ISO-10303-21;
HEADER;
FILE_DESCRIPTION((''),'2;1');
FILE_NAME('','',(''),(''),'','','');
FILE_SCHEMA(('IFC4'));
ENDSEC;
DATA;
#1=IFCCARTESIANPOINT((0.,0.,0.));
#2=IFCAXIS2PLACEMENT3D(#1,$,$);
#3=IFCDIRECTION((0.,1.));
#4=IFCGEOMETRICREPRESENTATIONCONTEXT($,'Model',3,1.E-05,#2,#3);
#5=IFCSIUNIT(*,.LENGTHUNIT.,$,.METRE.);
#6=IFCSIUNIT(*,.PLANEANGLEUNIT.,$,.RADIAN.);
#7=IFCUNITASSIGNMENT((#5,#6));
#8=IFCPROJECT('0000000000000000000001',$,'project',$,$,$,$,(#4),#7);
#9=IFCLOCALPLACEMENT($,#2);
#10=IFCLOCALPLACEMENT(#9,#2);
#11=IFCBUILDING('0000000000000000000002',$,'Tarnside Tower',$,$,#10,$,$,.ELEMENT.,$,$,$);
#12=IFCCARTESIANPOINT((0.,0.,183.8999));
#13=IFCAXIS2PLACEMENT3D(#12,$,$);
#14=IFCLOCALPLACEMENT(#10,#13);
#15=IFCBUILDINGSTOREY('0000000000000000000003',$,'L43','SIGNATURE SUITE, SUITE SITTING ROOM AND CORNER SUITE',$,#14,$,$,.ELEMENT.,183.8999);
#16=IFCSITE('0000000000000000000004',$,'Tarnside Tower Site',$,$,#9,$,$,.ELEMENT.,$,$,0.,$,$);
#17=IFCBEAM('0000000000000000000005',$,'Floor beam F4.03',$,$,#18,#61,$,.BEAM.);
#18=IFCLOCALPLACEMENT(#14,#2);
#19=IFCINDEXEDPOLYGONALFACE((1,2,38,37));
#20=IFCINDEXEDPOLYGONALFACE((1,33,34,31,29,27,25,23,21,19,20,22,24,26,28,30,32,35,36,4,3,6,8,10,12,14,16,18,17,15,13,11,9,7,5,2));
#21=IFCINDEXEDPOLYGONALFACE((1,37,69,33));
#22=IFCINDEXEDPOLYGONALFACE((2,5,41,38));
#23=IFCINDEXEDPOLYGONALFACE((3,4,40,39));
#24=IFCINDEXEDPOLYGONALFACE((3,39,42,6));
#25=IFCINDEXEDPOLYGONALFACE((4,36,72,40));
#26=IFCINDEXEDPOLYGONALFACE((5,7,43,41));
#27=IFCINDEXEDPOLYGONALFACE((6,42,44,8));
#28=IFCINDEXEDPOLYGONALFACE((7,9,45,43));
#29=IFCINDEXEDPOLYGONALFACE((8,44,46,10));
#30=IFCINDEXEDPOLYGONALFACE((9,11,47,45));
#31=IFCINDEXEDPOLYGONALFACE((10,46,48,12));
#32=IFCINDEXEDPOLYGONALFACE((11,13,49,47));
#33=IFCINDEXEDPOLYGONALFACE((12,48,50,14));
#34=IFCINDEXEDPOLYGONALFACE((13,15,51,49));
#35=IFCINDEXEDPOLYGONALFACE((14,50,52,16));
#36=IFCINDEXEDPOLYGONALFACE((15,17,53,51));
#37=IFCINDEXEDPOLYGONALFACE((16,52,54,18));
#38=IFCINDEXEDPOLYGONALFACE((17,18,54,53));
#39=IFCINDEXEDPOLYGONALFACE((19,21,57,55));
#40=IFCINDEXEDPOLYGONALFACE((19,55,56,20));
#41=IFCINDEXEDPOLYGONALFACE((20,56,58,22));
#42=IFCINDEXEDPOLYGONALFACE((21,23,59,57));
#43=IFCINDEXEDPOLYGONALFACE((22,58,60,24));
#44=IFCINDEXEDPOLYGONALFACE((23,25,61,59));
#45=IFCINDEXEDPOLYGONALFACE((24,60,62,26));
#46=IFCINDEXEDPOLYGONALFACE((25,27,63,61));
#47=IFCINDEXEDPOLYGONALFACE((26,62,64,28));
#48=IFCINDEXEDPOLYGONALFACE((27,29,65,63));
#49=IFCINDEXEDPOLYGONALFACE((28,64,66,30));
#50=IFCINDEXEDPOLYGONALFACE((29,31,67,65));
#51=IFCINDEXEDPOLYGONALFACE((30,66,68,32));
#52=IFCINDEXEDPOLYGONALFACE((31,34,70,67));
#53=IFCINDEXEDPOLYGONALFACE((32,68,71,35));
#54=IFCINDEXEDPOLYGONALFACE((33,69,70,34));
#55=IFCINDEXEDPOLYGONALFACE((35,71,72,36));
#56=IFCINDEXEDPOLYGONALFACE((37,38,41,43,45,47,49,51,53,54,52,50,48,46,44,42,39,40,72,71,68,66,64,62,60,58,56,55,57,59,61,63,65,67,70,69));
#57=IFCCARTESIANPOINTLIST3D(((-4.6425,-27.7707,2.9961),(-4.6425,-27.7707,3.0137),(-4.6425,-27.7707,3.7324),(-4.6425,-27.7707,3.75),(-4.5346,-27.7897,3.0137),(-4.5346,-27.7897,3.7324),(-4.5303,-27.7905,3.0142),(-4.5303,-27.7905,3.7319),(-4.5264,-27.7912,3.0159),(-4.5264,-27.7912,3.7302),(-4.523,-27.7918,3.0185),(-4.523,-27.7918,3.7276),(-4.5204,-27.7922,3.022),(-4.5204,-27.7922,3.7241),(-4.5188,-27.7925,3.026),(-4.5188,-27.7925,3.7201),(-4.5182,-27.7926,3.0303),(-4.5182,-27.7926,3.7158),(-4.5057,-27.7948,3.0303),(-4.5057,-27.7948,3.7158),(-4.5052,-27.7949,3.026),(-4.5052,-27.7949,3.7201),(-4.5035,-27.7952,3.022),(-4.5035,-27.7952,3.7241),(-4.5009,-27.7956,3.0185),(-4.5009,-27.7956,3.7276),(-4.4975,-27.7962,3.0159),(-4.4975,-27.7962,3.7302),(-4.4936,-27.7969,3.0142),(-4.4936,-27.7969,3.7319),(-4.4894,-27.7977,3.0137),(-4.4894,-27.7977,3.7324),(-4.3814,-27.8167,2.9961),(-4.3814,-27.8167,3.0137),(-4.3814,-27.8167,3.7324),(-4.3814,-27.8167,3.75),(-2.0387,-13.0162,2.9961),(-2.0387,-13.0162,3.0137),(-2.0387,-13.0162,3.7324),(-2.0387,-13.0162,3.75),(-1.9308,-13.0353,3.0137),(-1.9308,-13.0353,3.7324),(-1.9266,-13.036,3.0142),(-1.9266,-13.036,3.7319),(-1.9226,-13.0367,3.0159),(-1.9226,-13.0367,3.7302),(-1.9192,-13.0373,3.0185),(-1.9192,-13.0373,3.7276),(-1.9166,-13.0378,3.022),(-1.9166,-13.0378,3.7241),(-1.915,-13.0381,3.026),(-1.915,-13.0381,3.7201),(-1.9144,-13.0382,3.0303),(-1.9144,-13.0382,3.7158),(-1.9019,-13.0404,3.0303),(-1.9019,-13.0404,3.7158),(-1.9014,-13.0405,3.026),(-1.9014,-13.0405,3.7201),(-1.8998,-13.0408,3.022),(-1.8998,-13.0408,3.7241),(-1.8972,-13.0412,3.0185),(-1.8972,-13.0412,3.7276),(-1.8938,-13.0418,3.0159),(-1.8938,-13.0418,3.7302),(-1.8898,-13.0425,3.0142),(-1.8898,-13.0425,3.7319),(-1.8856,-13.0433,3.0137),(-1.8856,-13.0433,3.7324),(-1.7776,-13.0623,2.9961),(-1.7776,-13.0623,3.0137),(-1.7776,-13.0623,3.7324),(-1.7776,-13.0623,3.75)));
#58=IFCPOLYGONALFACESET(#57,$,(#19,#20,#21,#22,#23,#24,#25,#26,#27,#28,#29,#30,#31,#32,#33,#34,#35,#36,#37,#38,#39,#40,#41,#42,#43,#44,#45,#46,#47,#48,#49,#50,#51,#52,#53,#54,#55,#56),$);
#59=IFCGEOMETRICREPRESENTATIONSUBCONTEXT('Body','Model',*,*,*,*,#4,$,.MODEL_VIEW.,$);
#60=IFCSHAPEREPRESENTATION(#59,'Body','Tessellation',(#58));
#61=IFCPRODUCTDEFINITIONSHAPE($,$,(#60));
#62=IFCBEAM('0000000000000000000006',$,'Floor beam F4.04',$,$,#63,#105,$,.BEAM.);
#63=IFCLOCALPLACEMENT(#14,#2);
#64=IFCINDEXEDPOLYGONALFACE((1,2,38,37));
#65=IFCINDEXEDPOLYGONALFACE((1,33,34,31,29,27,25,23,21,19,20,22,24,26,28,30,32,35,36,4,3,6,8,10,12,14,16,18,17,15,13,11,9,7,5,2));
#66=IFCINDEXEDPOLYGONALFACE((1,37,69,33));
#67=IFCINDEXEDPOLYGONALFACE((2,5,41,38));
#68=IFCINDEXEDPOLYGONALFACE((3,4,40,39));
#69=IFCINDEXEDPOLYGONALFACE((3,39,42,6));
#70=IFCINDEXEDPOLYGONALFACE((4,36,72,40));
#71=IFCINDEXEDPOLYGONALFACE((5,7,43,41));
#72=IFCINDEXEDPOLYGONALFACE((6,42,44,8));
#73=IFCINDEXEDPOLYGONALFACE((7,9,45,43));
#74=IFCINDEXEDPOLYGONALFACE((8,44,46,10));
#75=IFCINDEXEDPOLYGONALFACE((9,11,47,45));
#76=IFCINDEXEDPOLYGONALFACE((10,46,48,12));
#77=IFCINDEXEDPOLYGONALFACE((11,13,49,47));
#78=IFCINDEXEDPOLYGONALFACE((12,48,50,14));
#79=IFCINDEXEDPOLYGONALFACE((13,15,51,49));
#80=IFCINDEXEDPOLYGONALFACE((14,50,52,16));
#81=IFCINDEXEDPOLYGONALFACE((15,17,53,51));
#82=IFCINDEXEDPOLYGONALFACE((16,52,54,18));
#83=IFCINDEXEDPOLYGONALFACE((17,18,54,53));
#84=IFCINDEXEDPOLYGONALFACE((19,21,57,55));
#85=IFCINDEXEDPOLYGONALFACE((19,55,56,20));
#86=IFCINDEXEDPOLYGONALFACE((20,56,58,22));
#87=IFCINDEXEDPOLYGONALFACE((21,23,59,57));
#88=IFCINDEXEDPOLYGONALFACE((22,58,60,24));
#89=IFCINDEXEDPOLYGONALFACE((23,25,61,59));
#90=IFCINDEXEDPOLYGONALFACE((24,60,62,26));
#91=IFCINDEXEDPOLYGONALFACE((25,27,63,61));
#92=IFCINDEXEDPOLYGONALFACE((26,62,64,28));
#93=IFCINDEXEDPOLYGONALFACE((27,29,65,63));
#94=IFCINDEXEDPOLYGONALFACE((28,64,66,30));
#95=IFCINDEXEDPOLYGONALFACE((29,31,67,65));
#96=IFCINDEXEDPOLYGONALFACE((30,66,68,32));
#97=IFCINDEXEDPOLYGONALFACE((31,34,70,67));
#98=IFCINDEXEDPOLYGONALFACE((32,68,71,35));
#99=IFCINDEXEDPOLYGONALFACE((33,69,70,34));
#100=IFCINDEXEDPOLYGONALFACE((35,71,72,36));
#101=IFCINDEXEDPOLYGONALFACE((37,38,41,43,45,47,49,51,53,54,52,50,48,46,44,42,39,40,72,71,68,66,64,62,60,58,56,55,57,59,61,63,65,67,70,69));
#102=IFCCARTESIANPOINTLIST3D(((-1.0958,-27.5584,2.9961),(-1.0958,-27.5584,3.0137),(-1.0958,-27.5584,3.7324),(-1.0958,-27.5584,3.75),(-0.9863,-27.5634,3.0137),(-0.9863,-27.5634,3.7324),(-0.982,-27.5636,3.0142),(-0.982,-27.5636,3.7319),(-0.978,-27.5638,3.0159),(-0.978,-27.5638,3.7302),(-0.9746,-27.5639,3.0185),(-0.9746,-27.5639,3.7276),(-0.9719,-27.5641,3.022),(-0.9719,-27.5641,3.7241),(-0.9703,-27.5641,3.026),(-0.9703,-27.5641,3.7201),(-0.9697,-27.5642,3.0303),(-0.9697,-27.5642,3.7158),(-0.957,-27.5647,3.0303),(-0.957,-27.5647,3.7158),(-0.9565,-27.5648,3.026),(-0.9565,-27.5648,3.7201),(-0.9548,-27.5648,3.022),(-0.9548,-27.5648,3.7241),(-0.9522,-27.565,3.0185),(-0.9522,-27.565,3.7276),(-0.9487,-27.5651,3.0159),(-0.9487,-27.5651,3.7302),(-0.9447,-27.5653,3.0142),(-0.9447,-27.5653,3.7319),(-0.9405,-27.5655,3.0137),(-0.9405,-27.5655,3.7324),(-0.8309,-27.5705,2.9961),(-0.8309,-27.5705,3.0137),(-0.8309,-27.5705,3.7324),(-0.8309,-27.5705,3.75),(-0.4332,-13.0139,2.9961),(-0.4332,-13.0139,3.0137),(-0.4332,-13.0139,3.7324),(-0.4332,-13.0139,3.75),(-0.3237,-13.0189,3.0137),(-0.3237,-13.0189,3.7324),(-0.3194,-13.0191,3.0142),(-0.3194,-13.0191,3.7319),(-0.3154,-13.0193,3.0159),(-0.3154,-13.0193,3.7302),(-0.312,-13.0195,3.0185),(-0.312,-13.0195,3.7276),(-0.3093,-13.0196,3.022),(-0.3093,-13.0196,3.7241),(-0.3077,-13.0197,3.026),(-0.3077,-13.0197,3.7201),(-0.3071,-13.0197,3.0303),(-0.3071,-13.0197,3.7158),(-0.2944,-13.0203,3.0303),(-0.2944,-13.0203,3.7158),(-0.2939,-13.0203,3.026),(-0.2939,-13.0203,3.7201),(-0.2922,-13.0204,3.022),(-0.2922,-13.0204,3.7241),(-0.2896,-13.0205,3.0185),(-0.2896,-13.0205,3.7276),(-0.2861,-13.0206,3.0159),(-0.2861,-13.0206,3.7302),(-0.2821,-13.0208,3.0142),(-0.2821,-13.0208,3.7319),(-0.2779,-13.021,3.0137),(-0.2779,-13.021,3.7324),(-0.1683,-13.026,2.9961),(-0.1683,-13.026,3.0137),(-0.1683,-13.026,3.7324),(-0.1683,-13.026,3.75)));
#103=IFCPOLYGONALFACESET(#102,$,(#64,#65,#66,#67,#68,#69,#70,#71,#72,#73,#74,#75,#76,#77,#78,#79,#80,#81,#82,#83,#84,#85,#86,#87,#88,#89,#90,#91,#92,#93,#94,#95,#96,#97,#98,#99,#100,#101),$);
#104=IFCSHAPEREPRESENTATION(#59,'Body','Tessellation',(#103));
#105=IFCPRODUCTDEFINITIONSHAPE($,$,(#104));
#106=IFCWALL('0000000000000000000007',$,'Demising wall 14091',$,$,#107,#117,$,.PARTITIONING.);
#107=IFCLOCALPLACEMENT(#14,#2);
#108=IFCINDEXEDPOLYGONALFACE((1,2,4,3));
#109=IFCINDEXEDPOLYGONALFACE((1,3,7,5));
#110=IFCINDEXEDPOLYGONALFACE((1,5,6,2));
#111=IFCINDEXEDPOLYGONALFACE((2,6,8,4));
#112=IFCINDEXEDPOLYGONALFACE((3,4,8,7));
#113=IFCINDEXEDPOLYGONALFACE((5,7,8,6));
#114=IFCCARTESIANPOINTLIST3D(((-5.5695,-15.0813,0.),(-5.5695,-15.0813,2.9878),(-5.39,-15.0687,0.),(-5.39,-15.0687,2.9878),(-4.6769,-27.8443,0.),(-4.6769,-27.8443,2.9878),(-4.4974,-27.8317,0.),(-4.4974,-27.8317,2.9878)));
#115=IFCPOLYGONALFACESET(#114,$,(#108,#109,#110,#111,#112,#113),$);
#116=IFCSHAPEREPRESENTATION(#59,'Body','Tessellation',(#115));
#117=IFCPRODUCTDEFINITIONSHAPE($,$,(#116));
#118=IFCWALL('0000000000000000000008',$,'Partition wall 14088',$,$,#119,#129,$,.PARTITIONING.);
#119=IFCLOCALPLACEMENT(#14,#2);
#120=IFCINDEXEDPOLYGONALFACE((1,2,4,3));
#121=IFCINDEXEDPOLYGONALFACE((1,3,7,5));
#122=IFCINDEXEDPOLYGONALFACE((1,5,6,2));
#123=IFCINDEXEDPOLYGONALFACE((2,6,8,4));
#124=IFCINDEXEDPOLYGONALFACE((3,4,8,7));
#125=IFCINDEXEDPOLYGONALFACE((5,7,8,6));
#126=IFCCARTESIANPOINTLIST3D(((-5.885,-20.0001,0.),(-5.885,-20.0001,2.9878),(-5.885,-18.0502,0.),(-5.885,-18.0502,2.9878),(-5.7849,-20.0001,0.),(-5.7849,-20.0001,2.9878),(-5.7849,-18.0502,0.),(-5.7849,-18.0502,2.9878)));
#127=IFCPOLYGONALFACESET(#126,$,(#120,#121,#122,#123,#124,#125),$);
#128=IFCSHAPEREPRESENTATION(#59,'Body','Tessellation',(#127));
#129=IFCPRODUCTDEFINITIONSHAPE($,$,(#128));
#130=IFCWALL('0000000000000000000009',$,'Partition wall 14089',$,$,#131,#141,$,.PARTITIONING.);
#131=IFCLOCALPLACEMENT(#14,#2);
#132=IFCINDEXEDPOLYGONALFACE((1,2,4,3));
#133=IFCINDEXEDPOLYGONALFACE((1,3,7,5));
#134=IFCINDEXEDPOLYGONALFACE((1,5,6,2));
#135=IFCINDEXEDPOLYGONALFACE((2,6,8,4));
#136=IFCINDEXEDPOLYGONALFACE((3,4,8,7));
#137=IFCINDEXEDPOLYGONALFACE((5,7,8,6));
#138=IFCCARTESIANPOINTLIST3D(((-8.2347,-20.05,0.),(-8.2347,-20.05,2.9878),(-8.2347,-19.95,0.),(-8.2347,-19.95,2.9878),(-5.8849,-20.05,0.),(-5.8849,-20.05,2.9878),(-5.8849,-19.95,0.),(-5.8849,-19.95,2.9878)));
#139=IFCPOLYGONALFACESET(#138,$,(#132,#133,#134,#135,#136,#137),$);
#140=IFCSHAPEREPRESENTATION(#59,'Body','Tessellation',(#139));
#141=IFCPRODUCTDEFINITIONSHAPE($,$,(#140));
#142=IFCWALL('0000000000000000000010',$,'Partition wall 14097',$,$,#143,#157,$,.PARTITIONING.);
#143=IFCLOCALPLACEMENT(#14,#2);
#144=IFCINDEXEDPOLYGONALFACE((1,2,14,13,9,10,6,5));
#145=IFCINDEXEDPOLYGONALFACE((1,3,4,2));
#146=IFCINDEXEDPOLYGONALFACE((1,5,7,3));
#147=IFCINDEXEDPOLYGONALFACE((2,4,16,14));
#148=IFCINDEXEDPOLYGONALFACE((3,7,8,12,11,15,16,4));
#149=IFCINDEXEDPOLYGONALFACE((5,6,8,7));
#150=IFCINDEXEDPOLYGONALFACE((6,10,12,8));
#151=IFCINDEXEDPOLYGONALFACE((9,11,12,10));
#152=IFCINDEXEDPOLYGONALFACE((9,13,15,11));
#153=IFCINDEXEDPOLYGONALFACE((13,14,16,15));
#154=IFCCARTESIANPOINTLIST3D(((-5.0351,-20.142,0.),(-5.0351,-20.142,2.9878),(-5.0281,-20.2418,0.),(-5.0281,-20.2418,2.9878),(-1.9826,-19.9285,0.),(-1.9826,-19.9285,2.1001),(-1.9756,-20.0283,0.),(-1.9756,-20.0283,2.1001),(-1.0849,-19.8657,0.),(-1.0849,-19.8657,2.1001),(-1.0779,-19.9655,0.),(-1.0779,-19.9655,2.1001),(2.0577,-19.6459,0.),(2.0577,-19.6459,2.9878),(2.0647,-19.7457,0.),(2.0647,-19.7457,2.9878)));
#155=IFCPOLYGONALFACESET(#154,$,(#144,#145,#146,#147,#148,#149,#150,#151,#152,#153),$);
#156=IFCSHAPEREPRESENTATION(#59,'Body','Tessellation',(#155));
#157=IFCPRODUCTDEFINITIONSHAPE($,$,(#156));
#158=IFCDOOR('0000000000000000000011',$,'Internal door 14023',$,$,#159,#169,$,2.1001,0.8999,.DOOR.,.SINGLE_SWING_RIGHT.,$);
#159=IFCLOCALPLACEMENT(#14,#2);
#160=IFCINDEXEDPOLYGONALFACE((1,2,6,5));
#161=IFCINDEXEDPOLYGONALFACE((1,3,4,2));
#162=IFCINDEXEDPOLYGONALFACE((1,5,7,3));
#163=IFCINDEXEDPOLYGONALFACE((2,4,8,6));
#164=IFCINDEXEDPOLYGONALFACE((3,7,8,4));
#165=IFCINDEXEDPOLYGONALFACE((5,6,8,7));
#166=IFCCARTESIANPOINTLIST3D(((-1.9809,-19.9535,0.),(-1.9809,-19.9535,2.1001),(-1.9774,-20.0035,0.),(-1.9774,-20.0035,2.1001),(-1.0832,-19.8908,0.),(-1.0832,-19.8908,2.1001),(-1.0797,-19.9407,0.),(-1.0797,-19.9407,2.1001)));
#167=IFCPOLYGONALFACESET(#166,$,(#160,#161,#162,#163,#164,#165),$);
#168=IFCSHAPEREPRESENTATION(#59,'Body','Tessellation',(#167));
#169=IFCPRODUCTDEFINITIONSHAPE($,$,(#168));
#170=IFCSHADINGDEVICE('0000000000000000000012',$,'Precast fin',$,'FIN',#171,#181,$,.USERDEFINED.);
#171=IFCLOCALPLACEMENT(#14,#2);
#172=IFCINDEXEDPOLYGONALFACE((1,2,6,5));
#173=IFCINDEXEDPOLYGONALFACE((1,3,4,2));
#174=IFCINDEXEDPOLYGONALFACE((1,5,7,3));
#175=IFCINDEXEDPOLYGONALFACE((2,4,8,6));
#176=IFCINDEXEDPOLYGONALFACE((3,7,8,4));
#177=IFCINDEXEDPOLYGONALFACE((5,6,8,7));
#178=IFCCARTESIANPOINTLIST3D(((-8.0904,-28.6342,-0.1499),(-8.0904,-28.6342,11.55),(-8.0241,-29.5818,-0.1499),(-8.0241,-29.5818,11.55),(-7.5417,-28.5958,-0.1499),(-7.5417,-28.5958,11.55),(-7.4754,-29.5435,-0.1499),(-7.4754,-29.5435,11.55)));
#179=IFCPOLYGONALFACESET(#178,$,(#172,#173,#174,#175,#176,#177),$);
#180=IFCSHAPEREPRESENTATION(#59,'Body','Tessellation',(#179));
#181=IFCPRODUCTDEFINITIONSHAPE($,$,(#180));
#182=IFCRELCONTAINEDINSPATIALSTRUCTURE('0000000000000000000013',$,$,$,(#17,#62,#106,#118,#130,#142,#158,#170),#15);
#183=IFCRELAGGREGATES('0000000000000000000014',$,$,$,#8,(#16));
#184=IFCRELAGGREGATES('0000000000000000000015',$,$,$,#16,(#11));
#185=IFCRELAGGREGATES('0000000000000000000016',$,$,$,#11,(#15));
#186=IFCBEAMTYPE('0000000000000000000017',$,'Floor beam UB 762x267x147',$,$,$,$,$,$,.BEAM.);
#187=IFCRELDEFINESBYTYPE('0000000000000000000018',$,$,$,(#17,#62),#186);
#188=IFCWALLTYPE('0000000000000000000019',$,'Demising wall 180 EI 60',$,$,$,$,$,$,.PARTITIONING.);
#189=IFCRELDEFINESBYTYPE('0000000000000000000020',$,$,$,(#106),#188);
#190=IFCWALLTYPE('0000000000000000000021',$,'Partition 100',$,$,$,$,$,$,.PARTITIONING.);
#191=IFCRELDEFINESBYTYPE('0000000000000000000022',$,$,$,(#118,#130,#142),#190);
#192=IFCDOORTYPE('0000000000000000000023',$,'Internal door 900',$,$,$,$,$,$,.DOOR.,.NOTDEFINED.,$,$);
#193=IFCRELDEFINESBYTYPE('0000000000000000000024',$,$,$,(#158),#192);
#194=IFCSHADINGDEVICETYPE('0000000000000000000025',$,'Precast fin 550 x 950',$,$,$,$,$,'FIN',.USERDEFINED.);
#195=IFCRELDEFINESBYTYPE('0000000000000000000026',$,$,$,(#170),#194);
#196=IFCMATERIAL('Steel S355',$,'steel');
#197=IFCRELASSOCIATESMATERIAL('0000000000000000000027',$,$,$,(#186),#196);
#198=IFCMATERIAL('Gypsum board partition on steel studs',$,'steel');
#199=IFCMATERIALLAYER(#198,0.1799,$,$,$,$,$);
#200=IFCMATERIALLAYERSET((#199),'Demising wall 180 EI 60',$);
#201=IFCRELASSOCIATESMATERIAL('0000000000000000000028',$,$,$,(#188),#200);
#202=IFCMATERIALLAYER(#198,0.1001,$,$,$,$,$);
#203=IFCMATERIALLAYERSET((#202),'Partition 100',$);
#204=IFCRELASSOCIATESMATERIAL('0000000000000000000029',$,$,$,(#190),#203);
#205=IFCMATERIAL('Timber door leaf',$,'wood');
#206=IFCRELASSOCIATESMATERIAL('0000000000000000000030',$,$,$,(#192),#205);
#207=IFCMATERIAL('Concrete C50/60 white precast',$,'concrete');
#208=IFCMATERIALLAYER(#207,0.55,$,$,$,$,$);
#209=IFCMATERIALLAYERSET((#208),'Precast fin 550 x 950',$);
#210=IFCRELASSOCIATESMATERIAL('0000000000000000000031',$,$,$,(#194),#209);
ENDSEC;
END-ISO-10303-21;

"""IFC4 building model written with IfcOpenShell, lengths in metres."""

from ifc_helpers import new_model, si_unit, direction, frame, frame_2d, origin, origin_2d, place, context, subcontext, project, spatial, polyline, rectangle, i_section, outline, extrude, material, layer, layer_set, material_profile, profile_set, type_object, element, fill, save


model = new_model("IFC4")

# Units and contexts
model_context = context("Model", 3, precision=1e-05, world=origin(), true_north=direction((0.0, 1.0)))
body_context = subcontext(model_context, "Body", "Model", "MODEL_VIEW")
ifc_project = project(units=[si_unit("LENGTHUNIT", "METRE"), si_unit("PLANEANGLEUNIT", "RADIAN")], contexts=[model_context])

# Site, building, storey
site_placement = place(None, origin())
site = spatial("IfcSite", under=ifc_project, at=site_placement, Name="Tarnside Tower Site", CompositionType="ELEMENT", RefElevation=0.0)
building_placement = place(site_placement, origin())
building = spatial("IfcBuilding", under=site, at=building_placement, Name="Tarnside Tower", CompositionType="ELEMENT")
storey_placement = place(building_placement, frame((0.0, 0.0, 183.8999)))
storey = spatial("IfcBuildingStorey", under=building, at=storey_placement, Name="L43", Description="SIGNATURE SUITE, SUITE SITTING ROOM AND CORNER SUITE", CompositionType="ELEMENT", Elevation=183.8999)

# Beams
ifc_material_1 = material(Name="Steel S355", Category="steel")
ifc_material_profile = material_profile(ifc_material_1, i_section(OverallWidth=0.2651, OverallDepth=0.7539, WebThickness=0.0127, FlangeThickness=0.0176, FilletRadius=0.0166, at=origin_2d()), Name="UB 762x267x147")
ifc_profile_set = profile_set([ifc_material_profile], Name="Steel S355")
beam_type = type_object("IfcBeamType", Name="Floor beam UB 762x267x147", PredefinedType="BEAM", material=ifc_profile_set)
beam_1_placement = place(storey_placement, frame((-4.512, -27.7937, 3.373), z_axis=(0.173788, 0.984783, 0.0), x_axis=(-0.984783, 0.173788, 0.0)))
element("IfcBeam", 1, at=beam_1_placement, inside=storey, type_object=beam_type, Name="Floor beam F4.03", PredefinedType="BEAM", context=body_context, shape_type="SweptSolid", body=[
    extrude(i_section(OverallWidth=0.2651, OverallDepth=0.7539, WebThickness=0.0127, FlangeThickness=0.0176, FilletRadius=0.0166, at=origin_2d()), origin(), (0.0, 0.0, 1.0), 14.9824),
])
beam_2_placement = place(storey_placement, frame((-0.9634, -27.5645, 3.373), z_axis=(0.04551, 0.998964, 0.0), x_axis=(-0.998964, 0.04551, 0.0)))
element("IfcBeam", 2, at=beam_2_placement, inside=storey, type_object=beam_type, Name="Floor beam F4.04", PredefinedType="BEAM", context=body_context, shape_type="SweptSolid", body=[
    extrude(i_section(OverallWidth=0.2651, OverallDepth=0.7539, WebThickness=0.0127, FlangeThickness=0.0176, FilletRadius=0.0166, at=origin_2d()), origin(), (0.0, 0.0, 1.0), 14.5596),
])

# Walls
ifc_material_2 = material(Name="Gypsum board partition on steel studs", Category="steel")
ifc_layer_1 = layer(ifc_material_2, 0.1799)
ifc_layer_set_1 = layer_set([ifc_layer_1], Name="Demising wall 180 EI 60")
wall_type_1 = type_object("IfcWallType", Name="Demising wall 180 EI 60", PredefinedType="PARTITIONING", material=ifc_layer_set_1)
wall_1_placement = place(storey_placement, frame((-4.5872, -27.8379, 0.0), z_axis=(0.0, 0.0, 1.0), x_axis=(-0.069765, 0.997563, 0.0)))
element("IfcWall", 3, at=wall_1_placement, inside=storey, type_object=wall_type_1, Name="Demising wall 14091", PredefinedType="PARTITIONING", context=body_context, shape_type="SweptSolid", body=[
    extrude(rectangle(XDim=12.7942, YDim=0.1799, at=frame_2d((6.397, 0.0))), origin(), (0.0, 0.0, 1.0), 2.9878),
])
ifc_layer_2 = layer(ifc_material_2, 0.1001)
ifc_layer_set_2 = layer_set([ifc_layer_2], Name="Partition 100")
wall_type_2 = type_object("IfcWallType", Name="Partition 100", PredefinedType="PARTITIONING", material=ifc_layer_set_2)
wall_2_placement = place(storey_placement, frame((-5.835, -18.05, 0.0), z_axis=(0.0, 0.0, 1.0), x_axis=(0.0, -1.0, 0.0)))
element("IfcWall", 4, at=wall_2_placement, inside=storey, type_object=wall_type_2, Name="Partition wall 14088", PredefinedType="PARTITIONING", context=body_context, shape_type="SweptSolid", body=[
    extrude(rectangle(XDim=1.95, YDim=0.1001, at=frame_2d((0.9751, 0.0))), origin(), (0.0, 0.0, 1.0), 2.9878),
])
wall_3_placement = place(storey_placement, frame((-5.885, -20.0, 0.0), z_axis=(0.0, 0.0, 1.0), x_axis=(-1.0, 0.0, 0.0)))
element("IfcWall", 5, at=wall_3_placement, inside=storey, type_object=wall_type_2, Name="Partition wall 14089", PredefinedType="PARTITIONING", context=body_context, shape_type="SweptSolid", body=[
    extrude(rectangle(XDim=2.3499, YDim=0.1001, at=frame_2d((1.1748, 0.0))), origin(), (0.0, 0.0, 1.0), 2.9878),
])

# Wall, opening, door
wall_4_placement = place(storey_placement, frame((-5.0317, -20.1919, 0.0), z_axis=(0.0, 0.0, 1.0), x_axis=(0.997563, 0.069773, 0.0)))
wall_4 = element("IfcWall", 6, at=wall_4_placement, inside=storey, type_object=wall_type_2, Name="Partition wall 14097", PredefinedType="PARTITIONING", context=body_context, shape_type="SweptSolid", body=[
    extrude(rectangle(XDim=7.1101, YDim=0.1001, at=frame_2d((3.5552, 0.0))), origin(), (0.0, 0.0, 1.0), 2.9878),
])
opening_placement = place(wall_4_placement, frame((3.0601, 0.0, 0.0)))
opening = element("IfcOpeningElement", 7, at=opening_placement, cuts=wall_4, PredefinedType="OPENING", context=body_context, shape_type="SweptSolid", body=[
    extrude(rectangle(XDim=0.8999, YDim=2.1001, at=frame_2d((0.45, 1.05))), frame((0.0, 0.0601, 0.0), z_axis=(0.0, -1.0, 0.0), x_axis=(1.0, 0.0, 0.0)), (0.0, 0.0, 1.0), 0.1201),
])
ifc_material_3 = material(Name="Timber door leaf", Category="wood")
door_type = type_object("IfcDoorType", Name="Internal door 900", OperationType="NOTDEFINED", PredefinedType="DOOR", material=ifc_material_3)
door_placement = place(opening_placement, origin())
door = element("IfcDoor", 8, at=door_placement, inside=storey, type_object=door_type, Name="Internal door 14023", OperationType="SINGLE_SWING_RIGHT", OverallHeight=2.1001, OverallWidth=0.8999, PredefinedType="DOOR", context=body_context, shape_type="SweptSolid", body=[
    extrude(rectangle(XDim=0.8999, YDim=2.1001, at=frame_2d((0.45, 1.05))), frame((0.0, 0.0249, 0.0), z_axis=(0.0, -1.0, 0.0), x_axis=(1.0, 0.0, 0.0)), (0.0, 0.0, 1.0), 0.05),
])
fill(opening, door)

# Shading device
ifc_material_4 = material(Name="Concrete C50/60 white precast", Category="concrete")
ifc_layer_3 = layer(ifc_material_4, 0.55)
ifc_layer_set_3 = layer_set([ifc_layer_3], Name="Precast fin 550 x 950")
shading_device_type = type_object("IfcShadingDeviceType", Name="Precast fin 550 x 950", ElementType="FIN", PredefinedType="USERDEFINED", material=ifc_layer_set_3)
for number, where, z_axis, x_axis, name in (
    (9, (-7.8159, -28.615, -0.1499), (-0.997564, -0.069756, 0.0), (0.069756, -0.997564, 0.0), "Precast fin"),
):
    element("IfcShadingDevice", number, at=place(storey_placement, frame(where, z_axis=z_axis, x_axis=x_axis)), inside=storey, type_object=shading_device_type, Name=name, ObjectType="FIN", PredefinedType="USERDEFINED", context=body_context, shape_type="SweptSolid", body=[
        extrude(outline(polyline([(0.0, 0.0), (0.95, 0.0), (0.95, 11.7), (0.0, 11.7), (0.0, 0.0)])), frame((0.0, 0.0, -0.2749)), (0.0, 0.0, 1.0), 0.55),
    ])

save(model, "model.ifc")
